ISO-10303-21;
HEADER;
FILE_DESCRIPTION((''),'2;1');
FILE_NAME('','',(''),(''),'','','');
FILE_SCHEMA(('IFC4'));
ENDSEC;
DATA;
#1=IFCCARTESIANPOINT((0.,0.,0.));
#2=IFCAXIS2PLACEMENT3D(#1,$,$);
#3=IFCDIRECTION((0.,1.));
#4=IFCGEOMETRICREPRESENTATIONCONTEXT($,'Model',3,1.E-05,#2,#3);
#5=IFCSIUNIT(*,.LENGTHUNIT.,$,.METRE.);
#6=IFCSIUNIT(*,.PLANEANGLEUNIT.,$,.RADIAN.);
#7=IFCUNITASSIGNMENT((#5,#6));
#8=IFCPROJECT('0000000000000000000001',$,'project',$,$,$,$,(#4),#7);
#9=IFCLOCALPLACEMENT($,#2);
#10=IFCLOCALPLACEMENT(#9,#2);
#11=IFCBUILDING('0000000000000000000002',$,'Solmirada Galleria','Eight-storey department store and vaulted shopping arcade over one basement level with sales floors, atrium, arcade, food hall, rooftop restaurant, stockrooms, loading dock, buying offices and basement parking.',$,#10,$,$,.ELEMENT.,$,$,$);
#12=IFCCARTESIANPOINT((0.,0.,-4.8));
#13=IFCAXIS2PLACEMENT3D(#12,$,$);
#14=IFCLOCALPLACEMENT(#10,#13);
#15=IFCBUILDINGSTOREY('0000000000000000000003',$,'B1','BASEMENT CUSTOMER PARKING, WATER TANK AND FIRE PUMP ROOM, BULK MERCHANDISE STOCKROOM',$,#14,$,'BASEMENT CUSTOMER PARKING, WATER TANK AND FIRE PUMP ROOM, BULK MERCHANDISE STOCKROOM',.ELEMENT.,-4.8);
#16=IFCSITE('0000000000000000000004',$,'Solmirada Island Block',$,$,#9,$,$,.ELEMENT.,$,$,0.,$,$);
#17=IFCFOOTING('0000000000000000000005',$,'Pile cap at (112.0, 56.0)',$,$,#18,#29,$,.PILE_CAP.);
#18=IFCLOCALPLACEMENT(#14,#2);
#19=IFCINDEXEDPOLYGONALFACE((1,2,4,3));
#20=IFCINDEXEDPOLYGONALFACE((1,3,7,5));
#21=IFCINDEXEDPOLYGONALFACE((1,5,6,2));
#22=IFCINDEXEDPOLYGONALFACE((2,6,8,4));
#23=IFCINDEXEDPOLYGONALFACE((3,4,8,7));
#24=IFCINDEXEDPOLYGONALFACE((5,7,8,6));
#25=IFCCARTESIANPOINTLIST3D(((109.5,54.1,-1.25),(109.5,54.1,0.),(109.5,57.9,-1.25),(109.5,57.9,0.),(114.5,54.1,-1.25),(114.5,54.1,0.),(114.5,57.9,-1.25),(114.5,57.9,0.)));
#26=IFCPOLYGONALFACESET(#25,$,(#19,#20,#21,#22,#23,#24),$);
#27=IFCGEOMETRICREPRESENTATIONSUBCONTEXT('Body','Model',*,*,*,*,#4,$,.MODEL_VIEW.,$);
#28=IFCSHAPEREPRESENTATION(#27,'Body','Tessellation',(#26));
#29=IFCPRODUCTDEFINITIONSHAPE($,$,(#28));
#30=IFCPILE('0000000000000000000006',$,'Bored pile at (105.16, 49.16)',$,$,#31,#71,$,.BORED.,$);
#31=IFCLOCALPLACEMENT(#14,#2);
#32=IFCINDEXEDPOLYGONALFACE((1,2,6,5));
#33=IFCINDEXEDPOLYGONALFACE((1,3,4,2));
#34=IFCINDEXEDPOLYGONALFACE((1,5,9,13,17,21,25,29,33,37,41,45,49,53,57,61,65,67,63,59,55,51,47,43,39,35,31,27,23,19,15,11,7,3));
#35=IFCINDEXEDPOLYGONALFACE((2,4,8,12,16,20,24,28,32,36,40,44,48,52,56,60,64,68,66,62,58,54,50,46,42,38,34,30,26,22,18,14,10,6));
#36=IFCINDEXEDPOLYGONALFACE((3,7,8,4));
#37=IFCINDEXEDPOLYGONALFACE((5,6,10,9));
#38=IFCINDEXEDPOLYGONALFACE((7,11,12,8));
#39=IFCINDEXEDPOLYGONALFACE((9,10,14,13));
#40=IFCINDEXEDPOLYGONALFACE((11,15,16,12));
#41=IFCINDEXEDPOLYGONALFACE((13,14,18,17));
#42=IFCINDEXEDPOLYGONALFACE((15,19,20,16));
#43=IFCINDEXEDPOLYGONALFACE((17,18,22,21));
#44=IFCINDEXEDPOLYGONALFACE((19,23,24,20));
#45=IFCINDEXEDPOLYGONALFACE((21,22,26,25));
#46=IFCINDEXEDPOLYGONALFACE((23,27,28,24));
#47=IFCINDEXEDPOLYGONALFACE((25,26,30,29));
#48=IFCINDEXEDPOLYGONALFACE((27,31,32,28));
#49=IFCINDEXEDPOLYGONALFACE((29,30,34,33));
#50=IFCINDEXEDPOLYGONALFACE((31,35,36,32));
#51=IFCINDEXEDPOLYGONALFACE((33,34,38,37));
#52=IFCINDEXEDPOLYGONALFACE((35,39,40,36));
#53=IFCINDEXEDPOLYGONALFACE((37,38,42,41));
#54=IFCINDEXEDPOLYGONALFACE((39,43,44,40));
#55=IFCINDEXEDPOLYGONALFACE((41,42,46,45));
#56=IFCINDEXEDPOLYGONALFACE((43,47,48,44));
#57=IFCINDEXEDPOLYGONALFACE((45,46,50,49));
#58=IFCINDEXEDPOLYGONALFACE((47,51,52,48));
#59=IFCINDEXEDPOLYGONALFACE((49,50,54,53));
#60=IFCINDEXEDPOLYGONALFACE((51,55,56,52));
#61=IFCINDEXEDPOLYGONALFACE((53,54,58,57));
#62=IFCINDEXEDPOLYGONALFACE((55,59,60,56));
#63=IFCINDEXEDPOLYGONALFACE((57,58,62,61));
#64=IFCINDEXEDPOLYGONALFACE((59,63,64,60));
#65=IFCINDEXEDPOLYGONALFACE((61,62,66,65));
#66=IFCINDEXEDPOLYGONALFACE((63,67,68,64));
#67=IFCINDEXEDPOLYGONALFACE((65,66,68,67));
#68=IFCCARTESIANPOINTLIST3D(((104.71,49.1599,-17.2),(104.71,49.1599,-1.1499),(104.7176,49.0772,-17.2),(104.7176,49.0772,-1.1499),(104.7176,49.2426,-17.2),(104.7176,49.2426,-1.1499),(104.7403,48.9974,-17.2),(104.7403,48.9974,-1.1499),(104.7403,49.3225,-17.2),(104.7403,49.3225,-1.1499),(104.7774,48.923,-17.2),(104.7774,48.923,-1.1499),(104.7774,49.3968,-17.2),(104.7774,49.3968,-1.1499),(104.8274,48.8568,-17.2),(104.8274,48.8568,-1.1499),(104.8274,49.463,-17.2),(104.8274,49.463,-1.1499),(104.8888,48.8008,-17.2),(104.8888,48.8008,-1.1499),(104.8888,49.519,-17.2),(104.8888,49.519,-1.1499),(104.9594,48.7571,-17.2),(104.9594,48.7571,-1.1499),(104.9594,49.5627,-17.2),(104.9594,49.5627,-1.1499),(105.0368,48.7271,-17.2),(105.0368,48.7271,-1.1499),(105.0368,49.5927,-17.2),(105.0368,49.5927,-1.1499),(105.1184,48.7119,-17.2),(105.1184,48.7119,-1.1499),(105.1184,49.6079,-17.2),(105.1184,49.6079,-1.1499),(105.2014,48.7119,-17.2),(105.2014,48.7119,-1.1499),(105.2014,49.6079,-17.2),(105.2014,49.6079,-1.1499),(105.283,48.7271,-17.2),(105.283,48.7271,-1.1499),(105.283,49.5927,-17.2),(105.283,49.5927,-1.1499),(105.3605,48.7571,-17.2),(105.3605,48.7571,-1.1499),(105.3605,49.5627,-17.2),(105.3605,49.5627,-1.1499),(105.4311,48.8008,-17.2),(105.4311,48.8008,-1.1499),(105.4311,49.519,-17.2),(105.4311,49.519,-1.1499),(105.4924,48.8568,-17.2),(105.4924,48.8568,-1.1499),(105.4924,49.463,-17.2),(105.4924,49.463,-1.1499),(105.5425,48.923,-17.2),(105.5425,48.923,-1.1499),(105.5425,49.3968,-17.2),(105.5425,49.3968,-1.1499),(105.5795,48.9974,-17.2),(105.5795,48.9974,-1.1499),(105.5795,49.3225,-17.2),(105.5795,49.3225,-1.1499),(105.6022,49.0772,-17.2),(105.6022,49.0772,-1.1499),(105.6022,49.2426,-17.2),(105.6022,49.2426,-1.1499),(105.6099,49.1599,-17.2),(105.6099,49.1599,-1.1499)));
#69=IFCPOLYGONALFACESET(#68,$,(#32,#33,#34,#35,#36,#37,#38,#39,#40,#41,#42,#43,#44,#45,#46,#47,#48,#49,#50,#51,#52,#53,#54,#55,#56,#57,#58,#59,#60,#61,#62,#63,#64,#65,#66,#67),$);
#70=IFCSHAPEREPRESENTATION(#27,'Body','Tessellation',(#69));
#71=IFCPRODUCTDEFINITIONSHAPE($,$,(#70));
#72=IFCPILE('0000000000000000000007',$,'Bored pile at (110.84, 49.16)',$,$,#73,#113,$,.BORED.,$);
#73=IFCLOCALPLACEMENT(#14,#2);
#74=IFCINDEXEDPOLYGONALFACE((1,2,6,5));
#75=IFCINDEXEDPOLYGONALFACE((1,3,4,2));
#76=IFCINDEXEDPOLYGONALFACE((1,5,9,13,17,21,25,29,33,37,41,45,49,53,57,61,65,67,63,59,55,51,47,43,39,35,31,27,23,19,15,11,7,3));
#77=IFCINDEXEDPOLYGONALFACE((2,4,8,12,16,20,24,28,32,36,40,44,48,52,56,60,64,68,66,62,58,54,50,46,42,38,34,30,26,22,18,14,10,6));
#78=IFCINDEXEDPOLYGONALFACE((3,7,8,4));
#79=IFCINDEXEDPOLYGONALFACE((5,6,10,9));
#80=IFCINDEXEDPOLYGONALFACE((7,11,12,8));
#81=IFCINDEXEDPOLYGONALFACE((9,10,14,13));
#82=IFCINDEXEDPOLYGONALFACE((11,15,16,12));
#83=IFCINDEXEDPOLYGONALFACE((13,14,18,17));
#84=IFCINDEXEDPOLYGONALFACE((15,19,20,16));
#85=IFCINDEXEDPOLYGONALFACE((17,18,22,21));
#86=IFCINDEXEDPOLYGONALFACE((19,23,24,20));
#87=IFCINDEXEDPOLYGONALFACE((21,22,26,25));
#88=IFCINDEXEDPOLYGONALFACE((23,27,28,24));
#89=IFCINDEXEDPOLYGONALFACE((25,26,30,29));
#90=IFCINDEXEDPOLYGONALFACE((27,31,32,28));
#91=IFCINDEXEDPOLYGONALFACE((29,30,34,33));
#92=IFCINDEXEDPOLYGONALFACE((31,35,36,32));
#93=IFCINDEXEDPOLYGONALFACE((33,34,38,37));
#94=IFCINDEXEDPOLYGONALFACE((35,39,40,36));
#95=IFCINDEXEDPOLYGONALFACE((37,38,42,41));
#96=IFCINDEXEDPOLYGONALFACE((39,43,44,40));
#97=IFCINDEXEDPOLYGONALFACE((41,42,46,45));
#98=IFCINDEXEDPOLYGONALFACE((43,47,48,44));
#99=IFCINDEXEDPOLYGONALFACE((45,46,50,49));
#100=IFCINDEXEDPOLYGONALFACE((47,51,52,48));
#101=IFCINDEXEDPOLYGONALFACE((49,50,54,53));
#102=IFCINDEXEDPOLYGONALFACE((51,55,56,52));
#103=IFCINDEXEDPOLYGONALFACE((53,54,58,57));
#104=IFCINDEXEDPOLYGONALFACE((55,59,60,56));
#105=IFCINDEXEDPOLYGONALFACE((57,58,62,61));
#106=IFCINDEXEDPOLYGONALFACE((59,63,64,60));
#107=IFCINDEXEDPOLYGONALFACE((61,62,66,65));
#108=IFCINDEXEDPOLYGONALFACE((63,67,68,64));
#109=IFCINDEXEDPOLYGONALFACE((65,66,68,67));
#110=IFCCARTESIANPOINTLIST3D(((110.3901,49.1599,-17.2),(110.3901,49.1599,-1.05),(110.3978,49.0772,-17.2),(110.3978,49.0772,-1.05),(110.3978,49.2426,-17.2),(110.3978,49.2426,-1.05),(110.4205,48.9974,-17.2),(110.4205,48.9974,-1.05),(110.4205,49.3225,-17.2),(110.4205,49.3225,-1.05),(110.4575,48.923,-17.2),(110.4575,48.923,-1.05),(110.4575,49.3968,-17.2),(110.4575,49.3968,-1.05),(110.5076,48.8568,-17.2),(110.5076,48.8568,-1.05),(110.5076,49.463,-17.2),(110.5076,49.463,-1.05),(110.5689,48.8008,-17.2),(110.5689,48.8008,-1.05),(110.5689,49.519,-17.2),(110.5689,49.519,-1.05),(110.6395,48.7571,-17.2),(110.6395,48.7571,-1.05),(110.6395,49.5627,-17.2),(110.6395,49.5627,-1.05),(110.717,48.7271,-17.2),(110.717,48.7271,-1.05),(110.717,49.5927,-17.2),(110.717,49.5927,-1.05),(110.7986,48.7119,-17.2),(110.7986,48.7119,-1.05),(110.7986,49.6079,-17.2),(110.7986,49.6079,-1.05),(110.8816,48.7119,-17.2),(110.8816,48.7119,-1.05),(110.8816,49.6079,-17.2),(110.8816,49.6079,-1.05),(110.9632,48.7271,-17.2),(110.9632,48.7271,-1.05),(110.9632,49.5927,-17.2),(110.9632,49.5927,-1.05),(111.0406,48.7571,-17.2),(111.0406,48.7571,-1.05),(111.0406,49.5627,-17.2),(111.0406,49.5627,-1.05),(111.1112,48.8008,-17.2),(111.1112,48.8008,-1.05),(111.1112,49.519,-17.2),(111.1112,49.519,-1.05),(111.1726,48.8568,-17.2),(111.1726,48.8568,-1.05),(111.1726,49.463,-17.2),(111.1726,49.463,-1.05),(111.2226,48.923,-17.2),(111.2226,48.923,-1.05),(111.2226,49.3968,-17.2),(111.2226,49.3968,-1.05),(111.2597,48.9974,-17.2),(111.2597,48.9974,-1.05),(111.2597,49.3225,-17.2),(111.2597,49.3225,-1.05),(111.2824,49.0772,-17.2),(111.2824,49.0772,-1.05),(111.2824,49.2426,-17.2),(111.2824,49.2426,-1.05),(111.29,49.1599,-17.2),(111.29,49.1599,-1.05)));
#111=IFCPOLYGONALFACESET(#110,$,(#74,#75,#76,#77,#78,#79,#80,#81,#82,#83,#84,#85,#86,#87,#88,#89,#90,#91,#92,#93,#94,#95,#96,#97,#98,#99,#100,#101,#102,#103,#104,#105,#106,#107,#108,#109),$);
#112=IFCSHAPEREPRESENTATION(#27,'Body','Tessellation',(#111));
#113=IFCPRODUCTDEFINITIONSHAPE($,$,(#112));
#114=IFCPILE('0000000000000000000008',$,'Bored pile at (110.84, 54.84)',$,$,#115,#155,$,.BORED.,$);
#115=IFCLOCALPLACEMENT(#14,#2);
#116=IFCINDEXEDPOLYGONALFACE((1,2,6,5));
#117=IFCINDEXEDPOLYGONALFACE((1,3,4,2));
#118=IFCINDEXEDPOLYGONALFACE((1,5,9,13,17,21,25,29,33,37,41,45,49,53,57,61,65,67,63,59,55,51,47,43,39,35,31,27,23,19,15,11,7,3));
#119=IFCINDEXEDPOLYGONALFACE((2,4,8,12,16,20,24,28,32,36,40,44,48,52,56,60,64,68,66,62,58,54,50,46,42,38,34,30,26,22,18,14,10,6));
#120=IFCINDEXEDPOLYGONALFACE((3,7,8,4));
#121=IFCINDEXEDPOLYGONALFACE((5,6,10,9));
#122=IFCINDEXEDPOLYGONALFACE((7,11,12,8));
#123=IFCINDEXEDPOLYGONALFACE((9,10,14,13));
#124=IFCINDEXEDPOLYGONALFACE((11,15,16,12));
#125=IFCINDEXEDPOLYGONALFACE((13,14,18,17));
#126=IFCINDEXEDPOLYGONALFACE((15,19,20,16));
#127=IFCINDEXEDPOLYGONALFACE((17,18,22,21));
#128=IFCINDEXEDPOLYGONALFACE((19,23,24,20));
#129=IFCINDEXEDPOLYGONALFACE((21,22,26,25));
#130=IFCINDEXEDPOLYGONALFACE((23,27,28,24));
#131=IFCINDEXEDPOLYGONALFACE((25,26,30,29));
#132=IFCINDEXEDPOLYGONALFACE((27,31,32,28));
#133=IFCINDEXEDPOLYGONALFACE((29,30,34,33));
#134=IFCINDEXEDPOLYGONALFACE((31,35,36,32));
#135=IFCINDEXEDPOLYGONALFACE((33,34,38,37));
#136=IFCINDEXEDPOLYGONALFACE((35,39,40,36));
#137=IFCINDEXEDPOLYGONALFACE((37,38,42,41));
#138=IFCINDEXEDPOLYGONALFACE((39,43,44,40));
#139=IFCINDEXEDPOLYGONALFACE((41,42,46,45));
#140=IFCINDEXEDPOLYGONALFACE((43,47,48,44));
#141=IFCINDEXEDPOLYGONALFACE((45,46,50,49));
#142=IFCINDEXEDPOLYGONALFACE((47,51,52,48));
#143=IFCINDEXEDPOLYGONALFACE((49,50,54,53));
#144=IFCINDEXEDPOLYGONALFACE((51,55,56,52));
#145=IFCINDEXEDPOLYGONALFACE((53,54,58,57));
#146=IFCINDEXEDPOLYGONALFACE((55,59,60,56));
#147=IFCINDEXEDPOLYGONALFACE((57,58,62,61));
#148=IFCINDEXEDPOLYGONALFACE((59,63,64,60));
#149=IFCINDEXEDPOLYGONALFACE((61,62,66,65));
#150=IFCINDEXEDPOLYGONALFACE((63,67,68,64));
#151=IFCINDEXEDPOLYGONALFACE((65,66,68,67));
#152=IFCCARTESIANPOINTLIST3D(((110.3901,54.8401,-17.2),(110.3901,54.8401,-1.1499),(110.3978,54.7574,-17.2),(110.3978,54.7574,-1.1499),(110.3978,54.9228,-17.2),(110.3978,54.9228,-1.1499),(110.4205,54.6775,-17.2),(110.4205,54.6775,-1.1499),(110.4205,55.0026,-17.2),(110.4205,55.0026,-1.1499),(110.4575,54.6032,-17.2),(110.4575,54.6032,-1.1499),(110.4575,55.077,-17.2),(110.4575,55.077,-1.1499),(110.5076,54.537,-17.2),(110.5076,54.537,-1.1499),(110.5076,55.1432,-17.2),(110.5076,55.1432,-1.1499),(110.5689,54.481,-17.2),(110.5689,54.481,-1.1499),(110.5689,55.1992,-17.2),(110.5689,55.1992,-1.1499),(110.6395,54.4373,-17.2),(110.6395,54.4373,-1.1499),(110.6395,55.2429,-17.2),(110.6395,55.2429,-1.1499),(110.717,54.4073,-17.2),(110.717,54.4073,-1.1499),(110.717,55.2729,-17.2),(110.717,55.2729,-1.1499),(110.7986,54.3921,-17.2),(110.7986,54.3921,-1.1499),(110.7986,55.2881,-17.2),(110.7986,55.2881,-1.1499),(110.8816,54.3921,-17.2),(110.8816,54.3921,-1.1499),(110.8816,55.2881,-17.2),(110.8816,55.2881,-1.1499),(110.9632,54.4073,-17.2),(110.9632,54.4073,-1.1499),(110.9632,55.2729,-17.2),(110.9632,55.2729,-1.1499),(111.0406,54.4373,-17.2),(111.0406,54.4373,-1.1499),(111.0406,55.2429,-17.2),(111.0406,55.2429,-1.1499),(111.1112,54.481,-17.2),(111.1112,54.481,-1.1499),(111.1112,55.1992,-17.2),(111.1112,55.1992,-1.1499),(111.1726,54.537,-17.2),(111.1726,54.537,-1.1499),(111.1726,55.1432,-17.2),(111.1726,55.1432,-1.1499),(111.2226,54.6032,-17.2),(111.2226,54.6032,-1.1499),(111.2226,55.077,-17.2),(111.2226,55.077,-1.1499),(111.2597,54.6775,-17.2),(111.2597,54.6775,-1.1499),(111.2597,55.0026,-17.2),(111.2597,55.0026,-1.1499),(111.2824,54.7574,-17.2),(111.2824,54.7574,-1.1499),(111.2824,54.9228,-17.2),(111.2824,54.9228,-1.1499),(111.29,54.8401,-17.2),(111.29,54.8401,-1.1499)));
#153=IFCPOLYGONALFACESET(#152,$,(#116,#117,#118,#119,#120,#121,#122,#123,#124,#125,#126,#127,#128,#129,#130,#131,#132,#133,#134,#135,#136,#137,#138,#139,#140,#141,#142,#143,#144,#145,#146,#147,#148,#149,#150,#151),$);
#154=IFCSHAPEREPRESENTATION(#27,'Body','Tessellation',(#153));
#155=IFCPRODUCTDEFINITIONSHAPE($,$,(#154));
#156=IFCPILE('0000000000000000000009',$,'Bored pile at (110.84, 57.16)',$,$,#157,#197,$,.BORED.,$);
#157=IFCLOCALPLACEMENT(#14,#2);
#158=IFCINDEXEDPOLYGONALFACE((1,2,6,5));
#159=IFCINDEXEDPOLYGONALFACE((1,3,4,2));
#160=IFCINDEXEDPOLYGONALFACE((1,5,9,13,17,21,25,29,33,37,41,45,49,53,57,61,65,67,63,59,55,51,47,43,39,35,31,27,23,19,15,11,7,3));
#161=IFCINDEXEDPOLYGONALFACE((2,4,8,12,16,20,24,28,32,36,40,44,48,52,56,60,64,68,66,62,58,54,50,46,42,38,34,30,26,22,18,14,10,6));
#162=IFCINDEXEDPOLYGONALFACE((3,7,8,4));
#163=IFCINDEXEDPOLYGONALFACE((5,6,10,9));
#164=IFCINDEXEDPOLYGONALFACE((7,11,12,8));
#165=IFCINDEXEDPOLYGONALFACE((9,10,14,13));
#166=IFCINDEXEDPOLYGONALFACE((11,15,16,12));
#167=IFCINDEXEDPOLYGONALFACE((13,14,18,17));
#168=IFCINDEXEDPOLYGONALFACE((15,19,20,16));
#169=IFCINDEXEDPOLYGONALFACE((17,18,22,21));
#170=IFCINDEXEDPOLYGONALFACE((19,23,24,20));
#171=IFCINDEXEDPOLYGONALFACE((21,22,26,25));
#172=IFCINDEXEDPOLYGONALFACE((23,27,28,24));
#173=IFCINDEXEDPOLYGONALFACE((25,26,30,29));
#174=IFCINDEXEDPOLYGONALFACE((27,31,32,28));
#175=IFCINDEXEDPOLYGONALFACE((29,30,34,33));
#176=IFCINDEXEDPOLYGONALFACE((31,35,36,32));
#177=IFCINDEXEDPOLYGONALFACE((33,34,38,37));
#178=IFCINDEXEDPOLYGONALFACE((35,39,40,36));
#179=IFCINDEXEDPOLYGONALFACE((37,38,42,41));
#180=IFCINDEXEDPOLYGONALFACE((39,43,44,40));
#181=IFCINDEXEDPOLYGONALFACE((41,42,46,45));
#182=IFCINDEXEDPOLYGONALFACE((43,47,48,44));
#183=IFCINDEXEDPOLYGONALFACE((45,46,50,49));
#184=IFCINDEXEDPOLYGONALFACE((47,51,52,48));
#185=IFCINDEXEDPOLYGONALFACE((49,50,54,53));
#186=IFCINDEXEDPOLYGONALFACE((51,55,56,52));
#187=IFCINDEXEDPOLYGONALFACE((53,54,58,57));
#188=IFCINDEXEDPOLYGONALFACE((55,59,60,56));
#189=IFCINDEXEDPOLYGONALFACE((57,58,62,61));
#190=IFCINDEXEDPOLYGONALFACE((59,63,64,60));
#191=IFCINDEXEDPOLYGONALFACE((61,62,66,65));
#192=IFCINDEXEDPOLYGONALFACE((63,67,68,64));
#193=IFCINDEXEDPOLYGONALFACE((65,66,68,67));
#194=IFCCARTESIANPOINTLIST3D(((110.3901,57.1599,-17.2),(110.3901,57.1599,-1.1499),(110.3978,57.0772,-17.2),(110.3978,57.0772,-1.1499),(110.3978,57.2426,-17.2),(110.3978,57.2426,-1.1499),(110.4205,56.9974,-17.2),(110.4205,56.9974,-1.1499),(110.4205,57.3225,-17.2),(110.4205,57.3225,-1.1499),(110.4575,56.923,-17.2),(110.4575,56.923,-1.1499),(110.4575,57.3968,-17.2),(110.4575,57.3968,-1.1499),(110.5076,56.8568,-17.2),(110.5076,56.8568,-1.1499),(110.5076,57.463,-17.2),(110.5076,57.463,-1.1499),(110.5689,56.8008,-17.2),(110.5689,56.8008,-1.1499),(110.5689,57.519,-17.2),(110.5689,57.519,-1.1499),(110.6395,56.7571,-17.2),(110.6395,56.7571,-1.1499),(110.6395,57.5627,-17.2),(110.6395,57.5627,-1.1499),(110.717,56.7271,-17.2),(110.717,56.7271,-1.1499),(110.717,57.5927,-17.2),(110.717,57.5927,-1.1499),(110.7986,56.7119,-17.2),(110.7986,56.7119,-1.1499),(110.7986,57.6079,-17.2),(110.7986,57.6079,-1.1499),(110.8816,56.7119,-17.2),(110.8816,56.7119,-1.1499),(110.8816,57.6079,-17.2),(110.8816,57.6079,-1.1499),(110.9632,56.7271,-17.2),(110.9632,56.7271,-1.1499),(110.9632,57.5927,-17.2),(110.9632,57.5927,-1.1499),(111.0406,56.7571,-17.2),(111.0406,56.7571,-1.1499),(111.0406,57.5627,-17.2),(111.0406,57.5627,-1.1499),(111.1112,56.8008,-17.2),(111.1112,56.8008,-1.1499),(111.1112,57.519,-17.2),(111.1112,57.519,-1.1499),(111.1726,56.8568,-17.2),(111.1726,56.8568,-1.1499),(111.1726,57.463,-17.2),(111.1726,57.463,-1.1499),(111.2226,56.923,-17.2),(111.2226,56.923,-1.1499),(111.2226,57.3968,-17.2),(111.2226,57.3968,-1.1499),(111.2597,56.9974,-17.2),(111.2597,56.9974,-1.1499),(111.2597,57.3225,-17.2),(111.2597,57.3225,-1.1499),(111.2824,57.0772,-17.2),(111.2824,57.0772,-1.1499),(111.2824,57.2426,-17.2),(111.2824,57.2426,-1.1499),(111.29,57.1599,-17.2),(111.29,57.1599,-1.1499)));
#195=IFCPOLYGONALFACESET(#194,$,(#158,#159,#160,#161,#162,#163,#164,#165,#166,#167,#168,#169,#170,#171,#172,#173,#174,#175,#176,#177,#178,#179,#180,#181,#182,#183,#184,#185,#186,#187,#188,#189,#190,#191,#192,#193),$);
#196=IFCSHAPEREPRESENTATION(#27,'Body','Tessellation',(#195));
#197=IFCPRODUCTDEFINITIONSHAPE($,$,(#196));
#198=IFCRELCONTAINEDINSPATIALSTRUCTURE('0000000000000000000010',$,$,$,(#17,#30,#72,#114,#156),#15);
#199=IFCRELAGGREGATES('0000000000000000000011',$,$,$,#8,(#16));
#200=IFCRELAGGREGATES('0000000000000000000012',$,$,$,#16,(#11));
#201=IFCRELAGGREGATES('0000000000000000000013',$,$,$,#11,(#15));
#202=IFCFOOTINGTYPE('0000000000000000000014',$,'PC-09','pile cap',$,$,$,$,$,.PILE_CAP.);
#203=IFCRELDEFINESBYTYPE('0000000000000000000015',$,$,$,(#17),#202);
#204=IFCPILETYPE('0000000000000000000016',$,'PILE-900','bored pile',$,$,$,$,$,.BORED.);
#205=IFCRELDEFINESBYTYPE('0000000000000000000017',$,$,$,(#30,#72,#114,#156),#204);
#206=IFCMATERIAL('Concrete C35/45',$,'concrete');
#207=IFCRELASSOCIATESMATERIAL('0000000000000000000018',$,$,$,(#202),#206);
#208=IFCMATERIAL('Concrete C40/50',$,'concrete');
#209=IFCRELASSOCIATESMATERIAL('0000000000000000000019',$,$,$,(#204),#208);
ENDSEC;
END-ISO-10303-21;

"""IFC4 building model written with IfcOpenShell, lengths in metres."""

from ifc_helpers import new_model, si_unit, direction, frame, origin, origin_2d, place, context, subcontext, project, spatial, rectangle, circle, extrude, material, material_profile, profile_set, type_object, element, save


model = new_model("IFC4")

# Units and contexts
model_context = context("Model", 3, precision=1e-05, world=origin(), true_north=direction((0.0, 1.0)))
body_context = subcontext(model_context, "Body", "Model", "MODEL_VIEW")
ifc_project = project(units=[si_unit("LENGTHUNIT", "METRE"), si_unit("PLANEANGLEUNIT", "RADIAN")], contexts=[model_context])

# Site, building, storey
site_placement = place(None, origin())
site = spatial("IfcSite", under=ifc_project, at=site_placement, Name="Solmirada Island Block", CompositionType="ELEMENT", RefElevation=0.0)
building_placement = place(site_placement, origin())
building = spatial("IfcBuilding", under=site, at=building_placement, Name="Solmirada Galleria", Description="Eight-storey department store and vaulted shopping arcade over one basement level with sales floors, atrium, arcade, food hall, rooftop restaurant, stockrooms, loading dock, buying offices and basement parking.", CompositionType="ELEMENT")
storey_placement = place(building_placement, frame((0.0, 0.0, -4.8)))
storey = spatial("IfcBuildingStorey", under=building, at=storey_placement, Name="B1", Description="BASEMENT CUSTOMER PARKING, WATER TANK AND FIRE PUMP ROOM, BULK MERCHANDISE STOCKROOM", LongName="BASEMENT CUSTOMER PARKING, WATER TANK AND FIRE PUMP ROOM, BULK MERCHANDISE STOCKROOM", CompositionType="ELEMENT", Elevation=-4.8)

# Footing
ifc_material_1 = material(Name="Concrete C35/45", Category="concrete")
footing_type_1 = type_object("IfcFootingType", Name="PC-09", Description="pile cap", PredefinedType="PILE_CAP", material=ifc_material_1)
footing_1_placement = place(storey_placement, frame((112.0, 56.0, -1.25), z_axis=(0.0, 0.0, 1.0), x_axis=(1.0, 0.0, 0.0)))
element("IfcFooting", 1, at=footing_1_placement, inside=storey, type_object=footing_type_1, Name="Pile cap at (112.0, 56.0)", PredefinedType="PILE_CAP", context=body_context, shape_type="SweptSolid", body=[
    extrude(rectangle(XDim=5.0, YDim=3.8, at=origin_2d()), origin(), (0.0, 0.0, 1.0), 1.25),
])

# Piles
ifc_material_2 = material(Name="Concrete C40/50", Category="concrete")
ifc_material_profile_1 = material_profile(ifc_material_2, circle(Radius=0.45, at=origin_2d()), Name="PILE900")
ifc_profile_set_1 = profile_set([ifc_material_profile_1], Name="Concrete C40/50")
pile_type = type_object("IfcPileType", Name="PILE-900", Description="bored pile", PredefinedType="BORED", material=ifc_profile_set_1)
pile_1_placement = place(storey_placement, frame((105.1599, 49.1599, -1.1499), z_axis=(0.0, 0.0, -1.0), x_axis=(1.0, 0.0, 0.0)))
element("IfcPile", 2, at=pile_1_placement, inside=storey, type_object=pile_type, Name="Bored pile at (105.16, 49.16)", PredefinedType="BORED", context=body_context, shape_type="SweptSolid", body=[
    extrude(circle(Radius=0.45, at=origin_2d()), origin(), (0.0, 0.0, 1.0), 16.05),
])
pile_2_placement = place(storey_placement, frame((110.8401, 49.1599, -1.05), z_axis=(0.0, 0.0, -1.0), x_axis=(1.0, 0.0, 0.0)))
element("IfcPile", 3, at=pile_2_placement, inside=storey, type_object=pile_type, Name="Bored pile at (110.84, 49.16)", PredefinedType="BORED", context=body_context, shape_type="SweptSolid", body=[
    extrude(circle(Radius=0.45, at=origin_2d()), origin(), (0.0, 0.0, 1.0), 16.1499),
])
for number, where, z_axis, x_axis, name in (
    (4, (110.8401, 54.8401, -1.1499), (0.0, 0.0, -1.0), (1.0, 0.0, 0.0), "Bored pile at (110.84, 54.84)"),
    (5, (110.8401, 57.1599, -1.1499), (0.0, 0.0, -1.0), (1.0, 0.0, 0.0), "Bored pile at (110.84, 57.16)"),
):
    element("IfcPile", number, at=place(storey_placement, frame(where, z_axis=z_axis, x_axis=x_axis)), inside=storey, type_object=pile_type, Name=name, PredefinedType="BORED", context=body_context, shape_type="SweptSolid", body=[
        extrude(circle(Radius=0.45, at=origin_2d()), origin(), (0.0, 0.0, 1.0), 16.05),
    ])

save(model, "model.ifc")
